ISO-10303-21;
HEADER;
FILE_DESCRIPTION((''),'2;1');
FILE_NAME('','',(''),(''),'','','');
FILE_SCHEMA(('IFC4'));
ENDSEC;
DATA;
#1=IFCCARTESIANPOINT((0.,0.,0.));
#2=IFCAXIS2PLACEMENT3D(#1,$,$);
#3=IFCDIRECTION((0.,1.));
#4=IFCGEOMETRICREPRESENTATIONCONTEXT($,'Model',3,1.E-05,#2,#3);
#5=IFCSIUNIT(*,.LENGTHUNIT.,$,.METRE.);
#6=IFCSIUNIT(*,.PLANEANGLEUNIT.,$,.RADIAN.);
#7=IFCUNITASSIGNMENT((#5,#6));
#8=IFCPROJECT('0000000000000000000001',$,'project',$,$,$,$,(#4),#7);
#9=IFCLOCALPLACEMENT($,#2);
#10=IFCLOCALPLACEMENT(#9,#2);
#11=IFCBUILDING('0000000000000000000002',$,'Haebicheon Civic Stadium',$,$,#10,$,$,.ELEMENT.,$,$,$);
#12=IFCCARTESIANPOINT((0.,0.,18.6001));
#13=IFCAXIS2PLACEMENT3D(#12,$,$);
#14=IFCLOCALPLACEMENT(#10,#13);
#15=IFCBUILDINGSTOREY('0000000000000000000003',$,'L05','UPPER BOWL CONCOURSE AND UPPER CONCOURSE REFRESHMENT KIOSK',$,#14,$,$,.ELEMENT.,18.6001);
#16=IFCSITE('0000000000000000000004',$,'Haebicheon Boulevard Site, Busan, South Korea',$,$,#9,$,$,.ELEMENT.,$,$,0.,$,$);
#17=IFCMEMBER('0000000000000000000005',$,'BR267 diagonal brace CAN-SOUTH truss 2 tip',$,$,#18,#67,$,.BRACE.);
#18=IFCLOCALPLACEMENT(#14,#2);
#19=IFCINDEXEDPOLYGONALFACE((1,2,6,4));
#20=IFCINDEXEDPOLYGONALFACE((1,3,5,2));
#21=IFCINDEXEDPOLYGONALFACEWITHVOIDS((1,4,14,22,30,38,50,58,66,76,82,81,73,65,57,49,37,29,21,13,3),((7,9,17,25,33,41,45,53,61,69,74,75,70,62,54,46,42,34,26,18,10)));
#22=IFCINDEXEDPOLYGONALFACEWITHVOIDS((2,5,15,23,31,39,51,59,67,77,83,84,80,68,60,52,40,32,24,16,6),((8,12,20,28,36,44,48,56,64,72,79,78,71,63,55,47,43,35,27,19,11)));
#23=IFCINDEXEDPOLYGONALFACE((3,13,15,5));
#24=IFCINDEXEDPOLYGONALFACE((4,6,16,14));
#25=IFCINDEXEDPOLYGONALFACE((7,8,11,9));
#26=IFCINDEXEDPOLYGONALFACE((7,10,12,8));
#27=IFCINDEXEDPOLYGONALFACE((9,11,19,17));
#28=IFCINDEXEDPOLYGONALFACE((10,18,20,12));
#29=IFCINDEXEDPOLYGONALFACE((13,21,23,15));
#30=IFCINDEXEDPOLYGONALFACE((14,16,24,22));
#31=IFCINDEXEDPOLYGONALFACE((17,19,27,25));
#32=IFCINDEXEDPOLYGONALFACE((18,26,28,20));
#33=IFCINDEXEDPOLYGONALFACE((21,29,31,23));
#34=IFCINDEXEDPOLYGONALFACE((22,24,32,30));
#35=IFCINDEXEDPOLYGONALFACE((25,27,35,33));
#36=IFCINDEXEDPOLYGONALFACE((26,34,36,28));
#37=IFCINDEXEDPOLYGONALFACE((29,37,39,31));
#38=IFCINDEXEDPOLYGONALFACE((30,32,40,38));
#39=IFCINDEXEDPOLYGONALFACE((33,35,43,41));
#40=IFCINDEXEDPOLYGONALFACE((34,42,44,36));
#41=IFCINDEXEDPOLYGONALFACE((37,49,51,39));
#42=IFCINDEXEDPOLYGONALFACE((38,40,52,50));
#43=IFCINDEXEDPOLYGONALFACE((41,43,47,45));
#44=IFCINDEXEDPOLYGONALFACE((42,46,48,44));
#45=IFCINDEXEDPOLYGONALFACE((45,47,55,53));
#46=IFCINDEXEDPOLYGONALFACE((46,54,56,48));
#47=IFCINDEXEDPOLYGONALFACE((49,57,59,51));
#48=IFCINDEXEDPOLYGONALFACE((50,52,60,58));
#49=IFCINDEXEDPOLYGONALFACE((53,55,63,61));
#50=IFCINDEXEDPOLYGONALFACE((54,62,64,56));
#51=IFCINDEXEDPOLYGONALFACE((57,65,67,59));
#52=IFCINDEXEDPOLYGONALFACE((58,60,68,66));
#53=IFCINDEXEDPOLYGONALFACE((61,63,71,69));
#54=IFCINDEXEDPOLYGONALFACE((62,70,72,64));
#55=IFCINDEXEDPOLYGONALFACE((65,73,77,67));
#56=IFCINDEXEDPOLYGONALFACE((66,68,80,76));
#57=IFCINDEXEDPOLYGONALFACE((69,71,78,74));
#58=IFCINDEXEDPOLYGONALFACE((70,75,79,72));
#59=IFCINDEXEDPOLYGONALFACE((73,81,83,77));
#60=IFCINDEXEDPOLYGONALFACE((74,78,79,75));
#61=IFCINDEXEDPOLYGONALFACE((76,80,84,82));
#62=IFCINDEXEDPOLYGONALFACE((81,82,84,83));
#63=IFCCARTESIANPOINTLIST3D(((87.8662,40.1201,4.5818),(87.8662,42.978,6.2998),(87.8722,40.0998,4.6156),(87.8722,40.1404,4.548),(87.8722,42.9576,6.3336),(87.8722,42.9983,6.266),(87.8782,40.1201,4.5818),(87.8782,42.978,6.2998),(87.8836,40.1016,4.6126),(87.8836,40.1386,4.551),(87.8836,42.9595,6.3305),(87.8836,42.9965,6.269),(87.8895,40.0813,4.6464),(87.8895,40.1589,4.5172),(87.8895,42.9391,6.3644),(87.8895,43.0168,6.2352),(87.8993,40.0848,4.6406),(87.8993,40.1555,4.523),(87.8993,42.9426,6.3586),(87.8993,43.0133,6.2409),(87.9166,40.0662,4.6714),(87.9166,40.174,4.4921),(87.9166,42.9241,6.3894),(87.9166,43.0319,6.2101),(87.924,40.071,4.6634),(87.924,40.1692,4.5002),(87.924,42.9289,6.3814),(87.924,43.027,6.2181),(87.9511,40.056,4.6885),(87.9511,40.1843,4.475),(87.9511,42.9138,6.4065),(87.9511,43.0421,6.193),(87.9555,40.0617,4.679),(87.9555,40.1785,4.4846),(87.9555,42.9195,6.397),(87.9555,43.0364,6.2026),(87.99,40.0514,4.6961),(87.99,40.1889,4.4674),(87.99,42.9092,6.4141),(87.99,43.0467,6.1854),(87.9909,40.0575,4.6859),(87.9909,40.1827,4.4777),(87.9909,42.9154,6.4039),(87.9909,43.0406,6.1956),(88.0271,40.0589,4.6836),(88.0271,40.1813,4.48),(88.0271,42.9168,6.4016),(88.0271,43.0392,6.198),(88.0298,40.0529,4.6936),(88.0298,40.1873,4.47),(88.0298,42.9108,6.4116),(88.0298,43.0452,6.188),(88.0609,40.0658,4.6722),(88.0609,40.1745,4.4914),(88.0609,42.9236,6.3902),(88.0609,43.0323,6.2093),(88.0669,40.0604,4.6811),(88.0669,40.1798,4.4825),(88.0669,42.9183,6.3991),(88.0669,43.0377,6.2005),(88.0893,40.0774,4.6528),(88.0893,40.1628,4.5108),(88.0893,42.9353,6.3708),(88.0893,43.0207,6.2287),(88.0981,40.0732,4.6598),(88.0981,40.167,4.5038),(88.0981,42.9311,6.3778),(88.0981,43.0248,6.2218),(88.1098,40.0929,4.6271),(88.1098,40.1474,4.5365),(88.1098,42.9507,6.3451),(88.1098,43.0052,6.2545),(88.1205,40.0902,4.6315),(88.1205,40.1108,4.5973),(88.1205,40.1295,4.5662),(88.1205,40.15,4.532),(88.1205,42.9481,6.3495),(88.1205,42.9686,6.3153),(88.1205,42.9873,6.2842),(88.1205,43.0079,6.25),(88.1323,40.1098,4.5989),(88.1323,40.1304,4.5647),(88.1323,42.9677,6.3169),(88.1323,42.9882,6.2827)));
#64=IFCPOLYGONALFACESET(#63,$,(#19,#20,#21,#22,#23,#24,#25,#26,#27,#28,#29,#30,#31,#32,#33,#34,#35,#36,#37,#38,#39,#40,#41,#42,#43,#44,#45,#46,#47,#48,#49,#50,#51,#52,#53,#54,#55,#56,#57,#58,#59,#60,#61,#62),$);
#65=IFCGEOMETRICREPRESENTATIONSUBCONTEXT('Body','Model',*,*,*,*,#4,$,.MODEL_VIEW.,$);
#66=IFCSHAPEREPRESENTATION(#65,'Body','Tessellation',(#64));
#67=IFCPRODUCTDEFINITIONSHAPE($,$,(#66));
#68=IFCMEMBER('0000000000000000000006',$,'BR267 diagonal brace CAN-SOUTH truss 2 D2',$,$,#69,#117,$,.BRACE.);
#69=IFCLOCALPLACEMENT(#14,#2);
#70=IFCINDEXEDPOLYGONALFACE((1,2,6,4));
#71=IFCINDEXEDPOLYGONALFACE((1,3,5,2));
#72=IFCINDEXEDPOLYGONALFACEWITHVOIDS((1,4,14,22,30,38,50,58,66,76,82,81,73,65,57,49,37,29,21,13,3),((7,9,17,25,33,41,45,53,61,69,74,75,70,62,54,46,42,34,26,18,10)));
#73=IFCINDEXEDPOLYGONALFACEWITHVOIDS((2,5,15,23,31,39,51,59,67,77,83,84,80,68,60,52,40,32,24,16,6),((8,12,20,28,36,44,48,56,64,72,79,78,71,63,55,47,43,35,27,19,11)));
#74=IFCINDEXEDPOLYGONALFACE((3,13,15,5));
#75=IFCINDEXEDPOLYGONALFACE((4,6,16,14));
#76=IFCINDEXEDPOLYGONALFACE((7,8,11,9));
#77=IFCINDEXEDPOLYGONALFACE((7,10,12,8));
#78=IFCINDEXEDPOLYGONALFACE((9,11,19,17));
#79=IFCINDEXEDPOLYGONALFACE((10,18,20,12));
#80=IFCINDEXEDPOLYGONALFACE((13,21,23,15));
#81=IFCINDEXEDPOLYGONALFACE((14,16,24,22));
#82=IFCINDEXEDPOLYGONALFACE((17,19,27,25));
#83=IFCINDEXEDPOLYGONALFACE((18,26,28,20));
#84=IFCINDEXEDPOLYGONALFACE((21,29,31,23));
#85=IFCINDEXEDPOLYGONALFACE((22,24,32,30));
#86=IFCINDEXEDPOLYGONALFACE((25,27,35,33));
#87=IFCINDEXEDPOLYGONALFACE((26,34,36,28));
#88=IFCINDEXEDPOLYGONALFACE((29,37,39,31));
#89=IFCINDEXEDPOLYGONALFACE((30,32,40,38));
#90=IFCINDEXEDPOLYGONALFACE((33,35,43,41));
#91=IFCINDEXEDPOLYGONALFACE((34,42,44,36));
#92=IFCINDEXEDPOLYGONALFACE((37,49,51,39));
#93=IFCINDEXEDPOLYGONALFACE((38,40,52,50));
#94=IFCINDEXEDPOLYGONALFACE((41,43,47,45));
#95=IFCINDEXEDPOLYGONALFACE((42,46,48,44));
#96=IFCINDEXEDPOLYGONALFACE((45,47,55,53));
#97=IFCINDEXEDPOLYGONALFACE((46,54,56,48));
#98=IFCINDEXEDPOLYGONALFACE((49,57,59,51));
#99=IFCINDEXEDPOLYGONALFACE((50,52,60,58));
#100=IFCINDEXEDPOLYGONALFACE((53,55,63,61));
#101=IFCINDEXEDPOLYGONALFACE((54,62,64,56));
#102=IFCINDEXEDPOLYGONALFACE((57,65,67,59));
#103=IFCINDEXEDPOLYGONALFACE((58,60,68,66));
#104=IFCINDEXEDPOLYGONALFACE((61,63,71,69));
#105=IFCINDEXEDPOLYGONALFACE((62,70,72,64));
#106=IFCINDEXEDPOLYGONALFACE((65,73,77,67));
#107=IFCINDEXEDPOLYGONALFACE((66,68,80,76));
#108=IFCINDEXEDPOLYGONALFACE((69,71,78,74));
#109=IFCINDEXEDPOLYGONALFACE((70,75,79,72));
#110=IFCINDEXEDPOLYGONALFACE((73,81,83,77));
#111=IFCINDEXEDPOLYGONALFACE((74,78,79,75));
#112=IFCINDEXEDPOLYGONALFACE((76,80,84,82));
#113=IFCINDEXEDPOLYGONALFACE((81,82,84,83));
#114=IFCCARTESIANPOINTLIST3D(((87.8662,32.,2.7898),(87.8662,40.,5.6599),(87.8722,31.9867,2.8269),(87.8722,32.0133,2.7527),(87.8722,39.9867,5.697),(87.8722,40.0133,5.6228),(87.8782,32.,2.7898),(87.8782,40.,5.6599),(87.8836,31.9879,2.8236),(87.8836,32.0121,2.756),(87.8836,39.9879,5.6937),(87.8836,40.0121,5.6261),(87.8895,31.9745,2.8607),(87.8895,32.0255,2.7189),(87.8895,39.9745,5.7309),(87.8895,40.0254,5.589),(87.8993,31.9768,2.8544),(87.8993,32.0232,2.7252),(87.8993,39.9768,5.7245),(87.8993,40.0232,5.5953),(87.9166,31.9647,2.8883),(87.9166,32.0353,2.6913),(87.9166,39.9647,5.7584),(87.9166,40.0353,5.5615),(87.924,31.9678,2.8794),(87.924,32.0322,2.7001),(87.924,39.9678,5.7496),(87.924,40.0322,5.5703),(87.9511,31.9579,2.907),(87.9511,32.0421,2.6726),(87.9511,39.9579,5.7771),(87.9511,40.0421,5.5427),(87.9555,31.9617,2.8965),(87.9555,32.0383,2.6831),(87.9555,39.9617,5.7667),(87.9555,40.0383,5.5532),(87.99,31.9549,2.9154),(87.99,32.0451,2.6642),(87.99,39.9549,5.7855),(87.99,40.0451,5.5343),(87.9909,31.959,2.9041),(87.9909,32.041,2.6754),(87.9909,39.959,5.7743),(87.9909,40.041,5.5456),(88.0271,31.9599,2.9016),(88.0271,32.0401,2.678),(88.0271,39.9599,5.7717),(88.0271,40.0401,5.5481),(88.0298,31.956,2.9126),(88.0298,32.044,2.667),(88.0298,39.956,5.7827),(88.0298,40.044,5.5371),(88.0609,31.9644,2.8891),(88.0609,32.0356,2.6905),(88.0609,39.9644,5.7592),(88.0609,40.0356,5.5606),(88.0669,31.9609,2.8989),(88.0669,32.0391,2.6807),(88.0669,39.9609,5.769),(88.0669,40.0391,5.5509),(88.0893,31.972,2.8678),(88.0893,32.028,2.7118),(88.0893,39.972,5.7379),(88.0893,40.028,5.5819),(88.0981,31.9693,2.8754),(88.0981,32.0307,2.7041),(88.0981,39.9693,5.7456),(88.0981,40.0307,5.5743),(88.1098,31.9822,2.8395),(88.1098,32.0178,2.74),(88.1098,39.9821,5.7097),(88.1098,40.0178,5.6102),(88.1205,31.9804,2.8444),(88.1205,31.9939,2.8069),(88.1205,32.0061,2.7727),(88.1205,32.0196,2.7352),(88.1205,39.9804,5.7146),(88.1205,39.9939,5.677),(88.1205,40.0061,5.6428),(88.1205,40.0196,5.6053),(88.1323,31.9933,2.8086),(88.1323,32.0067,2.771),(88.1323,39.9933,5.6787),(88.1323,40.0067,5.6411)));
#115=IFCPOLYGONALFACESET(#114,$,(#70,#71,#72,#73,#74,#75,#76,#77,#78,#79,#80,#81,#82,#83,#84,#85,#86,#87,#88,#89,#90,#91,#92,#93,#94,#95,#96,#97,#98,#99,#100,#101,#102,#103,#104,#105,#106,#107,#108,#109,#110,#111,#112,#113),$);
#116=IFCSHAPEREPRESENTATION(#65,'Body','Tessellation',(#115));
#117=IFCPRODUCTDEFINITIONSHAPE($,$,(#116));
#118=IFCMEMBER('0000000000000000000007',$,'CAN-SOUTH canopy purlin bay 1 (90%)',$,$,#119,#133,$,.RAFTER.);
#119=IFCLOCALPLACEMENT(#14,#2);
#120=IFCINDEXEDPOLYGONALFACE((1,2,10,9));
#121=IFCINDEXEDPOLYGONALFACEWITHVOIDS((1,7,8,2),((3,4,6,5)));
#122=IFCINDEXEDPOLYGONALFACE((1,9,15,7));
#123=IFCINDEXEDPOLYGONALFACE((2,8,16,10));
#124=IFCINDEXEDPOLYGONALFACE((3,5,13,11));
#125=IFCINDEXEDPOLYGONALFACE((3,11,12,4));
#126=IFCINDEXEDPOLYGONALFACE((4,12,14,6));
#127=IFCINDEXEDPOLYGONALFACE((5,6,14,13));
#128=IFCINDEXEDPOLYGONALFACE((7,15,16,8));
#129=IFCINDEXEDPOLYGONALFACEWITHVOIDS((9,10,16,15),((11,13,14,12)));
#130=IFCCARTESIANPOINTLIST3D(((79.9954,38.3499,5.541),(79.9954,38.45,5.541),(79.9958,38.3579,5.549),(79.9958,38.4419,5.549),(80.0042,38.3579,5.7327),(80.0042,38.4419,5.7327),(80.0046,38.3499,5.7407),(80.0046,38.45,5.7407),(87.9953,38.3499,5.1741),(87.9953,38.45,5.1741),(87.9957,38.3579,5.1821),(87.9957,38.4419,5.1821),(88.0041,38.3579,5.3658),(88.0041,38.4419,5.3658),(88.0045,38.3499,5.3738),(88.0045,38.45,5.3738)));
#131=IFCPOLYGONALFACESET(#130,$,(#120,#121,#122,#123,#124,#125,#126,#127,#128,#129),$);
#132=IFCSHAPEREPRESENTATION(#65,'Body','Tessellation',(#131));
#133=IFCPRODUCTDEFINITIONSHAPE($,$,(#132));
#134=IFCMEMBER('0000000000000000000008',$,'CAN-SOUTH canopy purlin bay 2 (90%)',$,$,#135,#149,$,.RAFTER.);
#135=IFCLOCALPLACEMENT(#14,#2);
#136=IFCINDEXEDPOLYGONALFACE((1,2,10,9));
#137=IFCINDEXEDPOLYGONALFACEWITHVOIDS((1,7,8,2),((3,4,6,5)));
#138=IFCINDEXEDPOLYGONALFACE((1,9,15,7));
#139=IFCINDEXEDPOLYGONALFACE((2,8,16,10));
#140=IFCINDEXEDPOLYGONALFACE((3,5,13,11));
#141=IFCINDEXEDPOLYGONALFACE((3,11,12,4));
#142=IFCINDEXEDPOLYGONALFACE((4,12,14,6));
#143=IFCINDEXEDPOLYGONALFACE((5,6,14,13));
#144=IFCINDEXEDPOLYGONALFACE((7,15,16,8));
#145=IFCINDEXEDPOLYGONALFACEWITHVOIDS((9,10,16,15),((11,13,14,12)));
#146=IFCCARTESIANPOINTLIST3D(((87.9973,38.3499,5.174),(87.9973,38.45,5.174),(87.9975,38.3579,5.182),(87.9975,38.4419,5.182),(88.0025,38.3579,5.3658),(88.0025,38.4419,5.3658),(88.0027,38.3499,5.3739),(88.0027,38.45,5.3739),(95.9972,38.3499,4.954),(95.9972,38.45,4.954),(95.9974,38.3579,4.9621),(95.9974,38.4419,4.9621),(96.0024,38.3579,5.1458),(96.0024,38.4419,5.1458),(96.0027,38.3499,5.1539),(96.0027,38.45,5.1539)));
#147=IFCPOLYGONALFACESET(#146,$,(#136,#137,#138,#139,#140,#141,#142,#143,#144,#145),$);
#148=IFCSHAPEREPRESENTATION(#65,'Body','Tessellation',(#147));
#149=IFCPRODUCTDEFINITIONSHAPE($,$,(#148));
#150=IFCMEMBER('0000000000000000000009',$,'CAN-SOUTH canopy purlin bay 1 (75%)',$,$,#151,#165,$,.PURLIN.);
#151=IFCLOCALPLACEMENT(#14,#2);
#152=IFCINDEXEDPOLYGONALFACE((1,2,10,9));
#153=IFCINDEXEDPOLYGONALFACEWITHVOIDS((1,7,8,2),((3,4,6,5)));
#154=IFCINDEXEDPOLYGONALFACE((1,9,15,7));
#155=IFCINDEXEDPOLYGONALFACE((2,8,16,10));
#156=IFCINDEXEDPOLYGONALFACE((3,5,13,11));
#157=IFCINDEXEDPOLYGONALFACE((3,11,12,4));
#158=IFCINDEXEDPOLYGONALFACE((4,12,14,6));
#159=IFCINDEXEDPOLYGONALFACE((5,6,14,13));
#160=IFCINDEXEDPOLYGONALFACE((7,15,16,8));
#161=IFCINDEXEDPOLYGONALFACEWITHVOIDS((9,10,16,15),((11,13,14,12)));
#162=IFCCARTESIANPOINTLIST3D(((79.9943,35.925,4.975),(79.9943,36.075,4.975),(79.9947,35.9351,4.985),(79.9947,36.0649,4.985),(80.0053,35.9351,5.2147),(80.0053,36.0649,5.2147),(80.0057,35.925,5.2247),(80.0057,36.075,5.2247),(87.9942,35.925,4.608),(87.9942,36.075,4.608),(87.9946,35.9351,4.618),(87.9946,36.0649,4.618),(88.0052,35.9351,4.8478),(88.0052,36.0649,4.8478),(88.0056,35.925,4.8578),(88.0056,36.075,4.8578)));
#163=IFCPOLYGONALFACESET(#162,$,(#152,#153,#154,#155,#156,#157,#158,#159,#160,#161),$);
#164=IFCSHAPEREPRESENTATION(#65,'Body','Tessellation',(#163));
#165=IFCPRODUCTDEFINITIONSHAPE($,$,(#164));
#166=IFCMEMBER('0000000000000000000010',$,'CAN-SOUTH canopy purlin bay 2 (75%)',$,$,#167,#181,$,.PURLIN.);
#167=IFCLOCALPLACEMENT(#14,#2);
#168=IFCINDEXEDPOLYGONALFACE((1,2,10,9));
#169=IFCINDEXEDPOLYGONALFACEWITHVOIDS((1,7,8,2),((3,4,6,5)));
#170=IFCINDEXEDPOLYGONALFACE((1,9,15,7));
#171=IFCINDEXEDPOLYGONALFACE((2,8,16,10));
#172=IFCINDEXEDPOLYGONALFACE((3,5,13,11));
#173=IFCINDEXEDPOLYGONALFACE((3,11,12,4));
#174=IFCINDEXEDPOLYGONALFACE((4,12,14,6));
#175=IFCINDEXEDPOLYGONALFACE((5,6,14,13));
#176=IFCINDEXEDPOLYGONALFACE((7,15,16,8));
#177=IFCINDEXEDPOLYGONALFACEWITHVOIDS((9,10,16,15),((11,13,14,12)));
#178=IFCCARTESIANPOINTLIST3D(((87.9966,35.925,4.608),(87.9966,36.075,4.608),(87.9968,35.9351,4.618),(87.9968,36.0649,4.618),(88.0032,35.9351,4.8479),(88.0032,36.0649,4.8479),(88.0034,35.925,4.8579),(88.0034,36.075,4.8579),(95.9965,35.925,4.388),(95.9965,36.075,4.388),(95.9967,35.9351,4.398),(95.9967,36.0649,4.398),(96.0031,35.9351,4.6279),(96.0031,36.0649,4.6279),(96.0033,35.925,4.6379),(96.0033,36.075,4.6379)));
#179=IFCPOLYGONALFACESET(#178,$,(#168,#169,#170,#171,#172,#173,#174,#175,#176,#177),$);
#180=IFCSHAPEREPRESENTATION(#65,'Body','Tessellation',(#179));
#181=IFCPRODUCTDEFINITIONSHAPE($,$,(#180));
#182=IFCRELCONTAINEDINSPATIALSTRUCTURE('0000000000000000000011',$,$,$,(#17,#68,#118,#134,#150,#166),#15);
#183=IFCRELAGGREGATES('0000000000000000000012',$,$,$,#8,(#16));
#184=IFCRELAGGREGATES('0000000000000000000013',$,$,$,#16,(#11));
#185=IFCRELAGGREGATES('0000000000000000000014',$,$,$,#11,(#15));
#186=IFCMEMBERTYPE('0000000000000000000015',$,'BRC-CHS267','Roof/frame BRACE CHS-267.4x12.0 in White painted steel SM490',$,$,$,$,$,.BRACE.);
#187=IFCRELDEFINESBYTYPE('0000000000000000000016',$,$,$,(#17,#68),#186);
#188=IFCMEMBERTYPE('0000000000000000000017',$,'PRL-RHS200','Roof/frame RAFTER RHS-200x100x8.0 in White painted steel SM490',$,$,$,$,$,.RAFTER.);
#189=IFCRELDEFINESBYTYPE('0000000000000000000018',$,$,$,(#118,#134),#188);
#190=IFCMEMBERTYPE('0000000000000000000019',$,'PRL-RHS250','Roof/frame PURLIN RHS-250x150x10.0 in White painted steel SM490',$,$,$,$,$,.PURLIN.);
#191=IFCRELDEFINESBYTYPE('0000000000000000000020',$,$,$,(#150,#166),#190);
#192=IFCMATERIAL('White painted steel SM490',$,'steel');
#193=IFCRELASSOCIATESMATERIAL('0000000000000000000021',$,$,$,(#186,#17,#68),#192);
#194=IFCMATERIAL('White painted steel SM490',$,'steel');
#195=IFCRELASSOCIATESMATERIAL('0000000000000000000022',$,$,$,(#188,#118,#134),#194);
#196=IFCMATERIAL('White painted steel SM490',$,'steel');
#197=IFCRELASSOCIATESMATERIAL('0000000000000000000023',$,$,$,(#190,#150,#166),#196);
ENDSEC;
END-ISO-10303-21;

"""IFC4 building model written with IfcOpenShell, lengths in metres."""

from ifc_helpers import new_model, si_unit, direction, frame, origin, origin_2d, place, context, subcontext, project, spatial, hollow_rectangle, hollow_circle, extrude, material, material_profile, profile_set, type_object, element, save


model = new_model("IFC4")

# Units and contexts
model_context = context("Model", 3, precision=1e-05, world=origin(), true_north=direction((0.0, 1.0)))
body_context = subcontext(model_context, "Body", "Model", "MODEL_VIEW")
ifc_project = project(units=[si_unit("LENGTHUNIT", "METRE"), si_unit("PLANEANGLEUNIT", "RADIAN")], contexts=[model_context])

# Site, building, storey
site_placement = place(None, origin())
site = spatial("IfcSite", under=ifc_project, at=site_placement, Name="Haebicheon Boulevard Site, Busan, South Korea", CompositionType="ELEMENT", RefElevation=0.0)
building_placement = place(site_placement, origin())
building = spatial("IfcBuilding", under=site, at=building_placement, Name="Haebicheon Civic Stadium", CompositionType="ELEMENT")
storey_placement = place(building_placement, frame((0.0, 0.0, 18.6001)))
storey = spatial("IfcBuildingStorey", under=building, at=storey_placement, Name="L05", Description="UPPER BOWL CONCOURSE AND UPPER CONCOURSE REFRESHMENT KIOSK", CompositionType="ELEMENT", Elevation=18.6001)

# Members
ifc_material_1 = material(Name="White painted steel SM490", Category="steel")
ifc_material_profile_1 = material_profile(ifc_material_1, hollow_circle(Radius=0.1338, WallThickness=0.012, at=origin_2d()), Name="CHS-267.4x12.0")
ifc_profile_set_1 = profile_set([ifc_material_profile_1], Name="White painted steel SM490")
member_type_1 = type_object("IfcMemberType", Name="BRC-CHS267", Description="Roof/frame BRACE CHS-267.4x12.0 in White painted steel SM490", PredefinedType="BRACE", material=ifc_profile_set_1)
member_1_placement = place(storey_placement, frame((88.0, 40.1201, 4.5818), z_axis=(0.0, 0.85706, 0.515217), x_axis=(-1.0, 0.0, 0.0)))
element("IfcMember", 1, at=member_1_placement, inside=storey, type_object=member_type_1, material=ifc_profile_set_1, Name="BR267 diagonal brace CAN-SOUTH truss 2 tip", PredefinedType="BRACE", context=body_context, shape_type="SweptSolid", body=[
    extrude(hollow_circle(Radius=0.1338, WallThickness=0.012, at=origin_2d()), origin(), (0.0, 0.0, 1.0), 3.3345),
])
member_2_placement = place(storey_placement, frame((88.0, 32.0, 2.7898), z_axis=(0.0, 0.941257, 0.33769), x_axis=(-1.0, 0.0, 0.0)))
element("IfcMember", 2, at=member_2_placement, inside=storey, type_object=member_type_1, material=ifc_profile_set_1, Name="BR267 diagonal brace CAN-SOUTH truss 2 D2", PredefinedType="BRACE", context=body_context, shape_type="SweptSolid", body=[
    extrude(hollow_circle(Radius=0.1338, WallThickness=0.012, at=origin_2d()), origin(), (0.0, 0.0, 1.0), 8.4993),
])
ifc_material_2 = material(Name="White painted steel SM490", Category="steel")
ifc_material_profile_2 = material_profile(ifc_material_2, hollow_rectangle(XDim=0.1001, YDim=0.2, WallThickness=0.0081, at=origin_2d()), Name="RHS-200x100x8.0")
ifc_profile_set_2 = profile_set([ifc_material_profile_2], Name="White painted steel SM490")
member_type_2 = type_object("IfcMemberType", Name="PRL-RHS200", Description="Roof/frame RAFTER RHS-200x100x8.0 in White painted steel SM490", PredefinedType="RAFTER", material=ifc_profile_set_2)
member_3_placement = place(storey_placement, frame((80.0, 38.3999, 5.6409), z_axis=(0.99895, 0.0, -0.04582), x_axis=(0.0, 1.0, 0.0)))
element("IfcMember", 3, at=member_3_placement, inside=storey, type_object=member_type_2, material=ifc_profile_set_2, Name="CAN-SOUTH canopy purlin bay 1 (90%)", PredefinedType="RAFTER", context=body_context, shape_type="SweptSolid", body=[
    extrude(hollow_rectangle(XDim=0.1001, YDim=0.2, WallThickness=0.0081, at=origin_2d()), origin(), (0.0, 0.0, 1.0), 8.0083),
])
member_4_placement = place(storey_placement, frame((88.0, 38.3999, 5.2739), z_axis=(0.999622, 0.0, -0.027486), x_axis=(0.0, 1.0, 0.0)))
element("IfcMember", 4, at=member_4_placement, inside=storey, type_object=member_type_2, material=ifc_profile_set_2, Name="CAN-SOUTH canopy purlin bay 2 (90%)", PredefinedType="RAFTER", context=body_context, shape_type="SweptSolid", body=[
    extrude(hollow_rectangle(XDim=0.1001, YDim=0.2, WallThickness=0.0081, at=origin_2d()), origin(), (0.0, 0.0, 1.0), 8.0029),
])
ifc_material_3 = material(Name="White painted steel SM490", Category="steel")
ifc_material_profile_3 = material_profile(ifc_material_3, hollow_rectangle(XDim=0.1499, YDim=0.25, WallThickness=0.01, at=origin_2d()), Name="RHS-250x150x10.0")
ifc_profile_set_3 = profile_set([ifc_material_profile_3], Name="White painted steel SM490")
member_type_3 = type_object("IfcMemberType", Name="PRL-RHS250", Description="Roof/frame PURLIN RHS-250x150x10.0 in White painted steel SM490", PredefinedType="PURLIN", material=ifc_profile_set_3)
member_5_placement = place(storey_placement, frame((80.0, 36.0, 5.0999), z_axis=(0.99895, 0.0, -0.04582), x_axis=(0.0, 1.0, 0.0)))
element("IfcMember", 5, at=member_5_placement, inside=storey, type_object=member_type_3, material=ifc_profile_set_3, Name="CAN-SOUTH canopy purlin bay 1 (75%)", PredefinedType="PURLIN", context=body_context, shape_type="SweptSolid", body=[
    extrude(hollow_rectangle(XDim=0.1499, YDim=0.25, WallThickness=0.01, at=origin_2d()), origin(), (0.0, 0.0, 1.0), 8.0083),
])
member_6_placement = place(storey_placement, frame((88.0, 36.0, 4.7329), z_axis=(0.999622, 0.0, -0.027486), x_axis=(0.0, 1.0, 0.0)))
element("IfcMember", 6, at=member_6_placement, inside=storey, type_object=member_type_3, material=ifc_profile_set_3, Name="CAN-SOUTH canopy purlin bay 2 (75%)", PredefinedType="PURLIN", context=body_context, shape_type="SweptSolid", body=[
    extrude(hollow_rectangle(XDim=0.1499, YDim=0.25, WallThickness=0.01, at=origin_2d()), origin(), (0.0, 0.0, 1.0), 8.0029),
])

save(model, "model.ifc")
